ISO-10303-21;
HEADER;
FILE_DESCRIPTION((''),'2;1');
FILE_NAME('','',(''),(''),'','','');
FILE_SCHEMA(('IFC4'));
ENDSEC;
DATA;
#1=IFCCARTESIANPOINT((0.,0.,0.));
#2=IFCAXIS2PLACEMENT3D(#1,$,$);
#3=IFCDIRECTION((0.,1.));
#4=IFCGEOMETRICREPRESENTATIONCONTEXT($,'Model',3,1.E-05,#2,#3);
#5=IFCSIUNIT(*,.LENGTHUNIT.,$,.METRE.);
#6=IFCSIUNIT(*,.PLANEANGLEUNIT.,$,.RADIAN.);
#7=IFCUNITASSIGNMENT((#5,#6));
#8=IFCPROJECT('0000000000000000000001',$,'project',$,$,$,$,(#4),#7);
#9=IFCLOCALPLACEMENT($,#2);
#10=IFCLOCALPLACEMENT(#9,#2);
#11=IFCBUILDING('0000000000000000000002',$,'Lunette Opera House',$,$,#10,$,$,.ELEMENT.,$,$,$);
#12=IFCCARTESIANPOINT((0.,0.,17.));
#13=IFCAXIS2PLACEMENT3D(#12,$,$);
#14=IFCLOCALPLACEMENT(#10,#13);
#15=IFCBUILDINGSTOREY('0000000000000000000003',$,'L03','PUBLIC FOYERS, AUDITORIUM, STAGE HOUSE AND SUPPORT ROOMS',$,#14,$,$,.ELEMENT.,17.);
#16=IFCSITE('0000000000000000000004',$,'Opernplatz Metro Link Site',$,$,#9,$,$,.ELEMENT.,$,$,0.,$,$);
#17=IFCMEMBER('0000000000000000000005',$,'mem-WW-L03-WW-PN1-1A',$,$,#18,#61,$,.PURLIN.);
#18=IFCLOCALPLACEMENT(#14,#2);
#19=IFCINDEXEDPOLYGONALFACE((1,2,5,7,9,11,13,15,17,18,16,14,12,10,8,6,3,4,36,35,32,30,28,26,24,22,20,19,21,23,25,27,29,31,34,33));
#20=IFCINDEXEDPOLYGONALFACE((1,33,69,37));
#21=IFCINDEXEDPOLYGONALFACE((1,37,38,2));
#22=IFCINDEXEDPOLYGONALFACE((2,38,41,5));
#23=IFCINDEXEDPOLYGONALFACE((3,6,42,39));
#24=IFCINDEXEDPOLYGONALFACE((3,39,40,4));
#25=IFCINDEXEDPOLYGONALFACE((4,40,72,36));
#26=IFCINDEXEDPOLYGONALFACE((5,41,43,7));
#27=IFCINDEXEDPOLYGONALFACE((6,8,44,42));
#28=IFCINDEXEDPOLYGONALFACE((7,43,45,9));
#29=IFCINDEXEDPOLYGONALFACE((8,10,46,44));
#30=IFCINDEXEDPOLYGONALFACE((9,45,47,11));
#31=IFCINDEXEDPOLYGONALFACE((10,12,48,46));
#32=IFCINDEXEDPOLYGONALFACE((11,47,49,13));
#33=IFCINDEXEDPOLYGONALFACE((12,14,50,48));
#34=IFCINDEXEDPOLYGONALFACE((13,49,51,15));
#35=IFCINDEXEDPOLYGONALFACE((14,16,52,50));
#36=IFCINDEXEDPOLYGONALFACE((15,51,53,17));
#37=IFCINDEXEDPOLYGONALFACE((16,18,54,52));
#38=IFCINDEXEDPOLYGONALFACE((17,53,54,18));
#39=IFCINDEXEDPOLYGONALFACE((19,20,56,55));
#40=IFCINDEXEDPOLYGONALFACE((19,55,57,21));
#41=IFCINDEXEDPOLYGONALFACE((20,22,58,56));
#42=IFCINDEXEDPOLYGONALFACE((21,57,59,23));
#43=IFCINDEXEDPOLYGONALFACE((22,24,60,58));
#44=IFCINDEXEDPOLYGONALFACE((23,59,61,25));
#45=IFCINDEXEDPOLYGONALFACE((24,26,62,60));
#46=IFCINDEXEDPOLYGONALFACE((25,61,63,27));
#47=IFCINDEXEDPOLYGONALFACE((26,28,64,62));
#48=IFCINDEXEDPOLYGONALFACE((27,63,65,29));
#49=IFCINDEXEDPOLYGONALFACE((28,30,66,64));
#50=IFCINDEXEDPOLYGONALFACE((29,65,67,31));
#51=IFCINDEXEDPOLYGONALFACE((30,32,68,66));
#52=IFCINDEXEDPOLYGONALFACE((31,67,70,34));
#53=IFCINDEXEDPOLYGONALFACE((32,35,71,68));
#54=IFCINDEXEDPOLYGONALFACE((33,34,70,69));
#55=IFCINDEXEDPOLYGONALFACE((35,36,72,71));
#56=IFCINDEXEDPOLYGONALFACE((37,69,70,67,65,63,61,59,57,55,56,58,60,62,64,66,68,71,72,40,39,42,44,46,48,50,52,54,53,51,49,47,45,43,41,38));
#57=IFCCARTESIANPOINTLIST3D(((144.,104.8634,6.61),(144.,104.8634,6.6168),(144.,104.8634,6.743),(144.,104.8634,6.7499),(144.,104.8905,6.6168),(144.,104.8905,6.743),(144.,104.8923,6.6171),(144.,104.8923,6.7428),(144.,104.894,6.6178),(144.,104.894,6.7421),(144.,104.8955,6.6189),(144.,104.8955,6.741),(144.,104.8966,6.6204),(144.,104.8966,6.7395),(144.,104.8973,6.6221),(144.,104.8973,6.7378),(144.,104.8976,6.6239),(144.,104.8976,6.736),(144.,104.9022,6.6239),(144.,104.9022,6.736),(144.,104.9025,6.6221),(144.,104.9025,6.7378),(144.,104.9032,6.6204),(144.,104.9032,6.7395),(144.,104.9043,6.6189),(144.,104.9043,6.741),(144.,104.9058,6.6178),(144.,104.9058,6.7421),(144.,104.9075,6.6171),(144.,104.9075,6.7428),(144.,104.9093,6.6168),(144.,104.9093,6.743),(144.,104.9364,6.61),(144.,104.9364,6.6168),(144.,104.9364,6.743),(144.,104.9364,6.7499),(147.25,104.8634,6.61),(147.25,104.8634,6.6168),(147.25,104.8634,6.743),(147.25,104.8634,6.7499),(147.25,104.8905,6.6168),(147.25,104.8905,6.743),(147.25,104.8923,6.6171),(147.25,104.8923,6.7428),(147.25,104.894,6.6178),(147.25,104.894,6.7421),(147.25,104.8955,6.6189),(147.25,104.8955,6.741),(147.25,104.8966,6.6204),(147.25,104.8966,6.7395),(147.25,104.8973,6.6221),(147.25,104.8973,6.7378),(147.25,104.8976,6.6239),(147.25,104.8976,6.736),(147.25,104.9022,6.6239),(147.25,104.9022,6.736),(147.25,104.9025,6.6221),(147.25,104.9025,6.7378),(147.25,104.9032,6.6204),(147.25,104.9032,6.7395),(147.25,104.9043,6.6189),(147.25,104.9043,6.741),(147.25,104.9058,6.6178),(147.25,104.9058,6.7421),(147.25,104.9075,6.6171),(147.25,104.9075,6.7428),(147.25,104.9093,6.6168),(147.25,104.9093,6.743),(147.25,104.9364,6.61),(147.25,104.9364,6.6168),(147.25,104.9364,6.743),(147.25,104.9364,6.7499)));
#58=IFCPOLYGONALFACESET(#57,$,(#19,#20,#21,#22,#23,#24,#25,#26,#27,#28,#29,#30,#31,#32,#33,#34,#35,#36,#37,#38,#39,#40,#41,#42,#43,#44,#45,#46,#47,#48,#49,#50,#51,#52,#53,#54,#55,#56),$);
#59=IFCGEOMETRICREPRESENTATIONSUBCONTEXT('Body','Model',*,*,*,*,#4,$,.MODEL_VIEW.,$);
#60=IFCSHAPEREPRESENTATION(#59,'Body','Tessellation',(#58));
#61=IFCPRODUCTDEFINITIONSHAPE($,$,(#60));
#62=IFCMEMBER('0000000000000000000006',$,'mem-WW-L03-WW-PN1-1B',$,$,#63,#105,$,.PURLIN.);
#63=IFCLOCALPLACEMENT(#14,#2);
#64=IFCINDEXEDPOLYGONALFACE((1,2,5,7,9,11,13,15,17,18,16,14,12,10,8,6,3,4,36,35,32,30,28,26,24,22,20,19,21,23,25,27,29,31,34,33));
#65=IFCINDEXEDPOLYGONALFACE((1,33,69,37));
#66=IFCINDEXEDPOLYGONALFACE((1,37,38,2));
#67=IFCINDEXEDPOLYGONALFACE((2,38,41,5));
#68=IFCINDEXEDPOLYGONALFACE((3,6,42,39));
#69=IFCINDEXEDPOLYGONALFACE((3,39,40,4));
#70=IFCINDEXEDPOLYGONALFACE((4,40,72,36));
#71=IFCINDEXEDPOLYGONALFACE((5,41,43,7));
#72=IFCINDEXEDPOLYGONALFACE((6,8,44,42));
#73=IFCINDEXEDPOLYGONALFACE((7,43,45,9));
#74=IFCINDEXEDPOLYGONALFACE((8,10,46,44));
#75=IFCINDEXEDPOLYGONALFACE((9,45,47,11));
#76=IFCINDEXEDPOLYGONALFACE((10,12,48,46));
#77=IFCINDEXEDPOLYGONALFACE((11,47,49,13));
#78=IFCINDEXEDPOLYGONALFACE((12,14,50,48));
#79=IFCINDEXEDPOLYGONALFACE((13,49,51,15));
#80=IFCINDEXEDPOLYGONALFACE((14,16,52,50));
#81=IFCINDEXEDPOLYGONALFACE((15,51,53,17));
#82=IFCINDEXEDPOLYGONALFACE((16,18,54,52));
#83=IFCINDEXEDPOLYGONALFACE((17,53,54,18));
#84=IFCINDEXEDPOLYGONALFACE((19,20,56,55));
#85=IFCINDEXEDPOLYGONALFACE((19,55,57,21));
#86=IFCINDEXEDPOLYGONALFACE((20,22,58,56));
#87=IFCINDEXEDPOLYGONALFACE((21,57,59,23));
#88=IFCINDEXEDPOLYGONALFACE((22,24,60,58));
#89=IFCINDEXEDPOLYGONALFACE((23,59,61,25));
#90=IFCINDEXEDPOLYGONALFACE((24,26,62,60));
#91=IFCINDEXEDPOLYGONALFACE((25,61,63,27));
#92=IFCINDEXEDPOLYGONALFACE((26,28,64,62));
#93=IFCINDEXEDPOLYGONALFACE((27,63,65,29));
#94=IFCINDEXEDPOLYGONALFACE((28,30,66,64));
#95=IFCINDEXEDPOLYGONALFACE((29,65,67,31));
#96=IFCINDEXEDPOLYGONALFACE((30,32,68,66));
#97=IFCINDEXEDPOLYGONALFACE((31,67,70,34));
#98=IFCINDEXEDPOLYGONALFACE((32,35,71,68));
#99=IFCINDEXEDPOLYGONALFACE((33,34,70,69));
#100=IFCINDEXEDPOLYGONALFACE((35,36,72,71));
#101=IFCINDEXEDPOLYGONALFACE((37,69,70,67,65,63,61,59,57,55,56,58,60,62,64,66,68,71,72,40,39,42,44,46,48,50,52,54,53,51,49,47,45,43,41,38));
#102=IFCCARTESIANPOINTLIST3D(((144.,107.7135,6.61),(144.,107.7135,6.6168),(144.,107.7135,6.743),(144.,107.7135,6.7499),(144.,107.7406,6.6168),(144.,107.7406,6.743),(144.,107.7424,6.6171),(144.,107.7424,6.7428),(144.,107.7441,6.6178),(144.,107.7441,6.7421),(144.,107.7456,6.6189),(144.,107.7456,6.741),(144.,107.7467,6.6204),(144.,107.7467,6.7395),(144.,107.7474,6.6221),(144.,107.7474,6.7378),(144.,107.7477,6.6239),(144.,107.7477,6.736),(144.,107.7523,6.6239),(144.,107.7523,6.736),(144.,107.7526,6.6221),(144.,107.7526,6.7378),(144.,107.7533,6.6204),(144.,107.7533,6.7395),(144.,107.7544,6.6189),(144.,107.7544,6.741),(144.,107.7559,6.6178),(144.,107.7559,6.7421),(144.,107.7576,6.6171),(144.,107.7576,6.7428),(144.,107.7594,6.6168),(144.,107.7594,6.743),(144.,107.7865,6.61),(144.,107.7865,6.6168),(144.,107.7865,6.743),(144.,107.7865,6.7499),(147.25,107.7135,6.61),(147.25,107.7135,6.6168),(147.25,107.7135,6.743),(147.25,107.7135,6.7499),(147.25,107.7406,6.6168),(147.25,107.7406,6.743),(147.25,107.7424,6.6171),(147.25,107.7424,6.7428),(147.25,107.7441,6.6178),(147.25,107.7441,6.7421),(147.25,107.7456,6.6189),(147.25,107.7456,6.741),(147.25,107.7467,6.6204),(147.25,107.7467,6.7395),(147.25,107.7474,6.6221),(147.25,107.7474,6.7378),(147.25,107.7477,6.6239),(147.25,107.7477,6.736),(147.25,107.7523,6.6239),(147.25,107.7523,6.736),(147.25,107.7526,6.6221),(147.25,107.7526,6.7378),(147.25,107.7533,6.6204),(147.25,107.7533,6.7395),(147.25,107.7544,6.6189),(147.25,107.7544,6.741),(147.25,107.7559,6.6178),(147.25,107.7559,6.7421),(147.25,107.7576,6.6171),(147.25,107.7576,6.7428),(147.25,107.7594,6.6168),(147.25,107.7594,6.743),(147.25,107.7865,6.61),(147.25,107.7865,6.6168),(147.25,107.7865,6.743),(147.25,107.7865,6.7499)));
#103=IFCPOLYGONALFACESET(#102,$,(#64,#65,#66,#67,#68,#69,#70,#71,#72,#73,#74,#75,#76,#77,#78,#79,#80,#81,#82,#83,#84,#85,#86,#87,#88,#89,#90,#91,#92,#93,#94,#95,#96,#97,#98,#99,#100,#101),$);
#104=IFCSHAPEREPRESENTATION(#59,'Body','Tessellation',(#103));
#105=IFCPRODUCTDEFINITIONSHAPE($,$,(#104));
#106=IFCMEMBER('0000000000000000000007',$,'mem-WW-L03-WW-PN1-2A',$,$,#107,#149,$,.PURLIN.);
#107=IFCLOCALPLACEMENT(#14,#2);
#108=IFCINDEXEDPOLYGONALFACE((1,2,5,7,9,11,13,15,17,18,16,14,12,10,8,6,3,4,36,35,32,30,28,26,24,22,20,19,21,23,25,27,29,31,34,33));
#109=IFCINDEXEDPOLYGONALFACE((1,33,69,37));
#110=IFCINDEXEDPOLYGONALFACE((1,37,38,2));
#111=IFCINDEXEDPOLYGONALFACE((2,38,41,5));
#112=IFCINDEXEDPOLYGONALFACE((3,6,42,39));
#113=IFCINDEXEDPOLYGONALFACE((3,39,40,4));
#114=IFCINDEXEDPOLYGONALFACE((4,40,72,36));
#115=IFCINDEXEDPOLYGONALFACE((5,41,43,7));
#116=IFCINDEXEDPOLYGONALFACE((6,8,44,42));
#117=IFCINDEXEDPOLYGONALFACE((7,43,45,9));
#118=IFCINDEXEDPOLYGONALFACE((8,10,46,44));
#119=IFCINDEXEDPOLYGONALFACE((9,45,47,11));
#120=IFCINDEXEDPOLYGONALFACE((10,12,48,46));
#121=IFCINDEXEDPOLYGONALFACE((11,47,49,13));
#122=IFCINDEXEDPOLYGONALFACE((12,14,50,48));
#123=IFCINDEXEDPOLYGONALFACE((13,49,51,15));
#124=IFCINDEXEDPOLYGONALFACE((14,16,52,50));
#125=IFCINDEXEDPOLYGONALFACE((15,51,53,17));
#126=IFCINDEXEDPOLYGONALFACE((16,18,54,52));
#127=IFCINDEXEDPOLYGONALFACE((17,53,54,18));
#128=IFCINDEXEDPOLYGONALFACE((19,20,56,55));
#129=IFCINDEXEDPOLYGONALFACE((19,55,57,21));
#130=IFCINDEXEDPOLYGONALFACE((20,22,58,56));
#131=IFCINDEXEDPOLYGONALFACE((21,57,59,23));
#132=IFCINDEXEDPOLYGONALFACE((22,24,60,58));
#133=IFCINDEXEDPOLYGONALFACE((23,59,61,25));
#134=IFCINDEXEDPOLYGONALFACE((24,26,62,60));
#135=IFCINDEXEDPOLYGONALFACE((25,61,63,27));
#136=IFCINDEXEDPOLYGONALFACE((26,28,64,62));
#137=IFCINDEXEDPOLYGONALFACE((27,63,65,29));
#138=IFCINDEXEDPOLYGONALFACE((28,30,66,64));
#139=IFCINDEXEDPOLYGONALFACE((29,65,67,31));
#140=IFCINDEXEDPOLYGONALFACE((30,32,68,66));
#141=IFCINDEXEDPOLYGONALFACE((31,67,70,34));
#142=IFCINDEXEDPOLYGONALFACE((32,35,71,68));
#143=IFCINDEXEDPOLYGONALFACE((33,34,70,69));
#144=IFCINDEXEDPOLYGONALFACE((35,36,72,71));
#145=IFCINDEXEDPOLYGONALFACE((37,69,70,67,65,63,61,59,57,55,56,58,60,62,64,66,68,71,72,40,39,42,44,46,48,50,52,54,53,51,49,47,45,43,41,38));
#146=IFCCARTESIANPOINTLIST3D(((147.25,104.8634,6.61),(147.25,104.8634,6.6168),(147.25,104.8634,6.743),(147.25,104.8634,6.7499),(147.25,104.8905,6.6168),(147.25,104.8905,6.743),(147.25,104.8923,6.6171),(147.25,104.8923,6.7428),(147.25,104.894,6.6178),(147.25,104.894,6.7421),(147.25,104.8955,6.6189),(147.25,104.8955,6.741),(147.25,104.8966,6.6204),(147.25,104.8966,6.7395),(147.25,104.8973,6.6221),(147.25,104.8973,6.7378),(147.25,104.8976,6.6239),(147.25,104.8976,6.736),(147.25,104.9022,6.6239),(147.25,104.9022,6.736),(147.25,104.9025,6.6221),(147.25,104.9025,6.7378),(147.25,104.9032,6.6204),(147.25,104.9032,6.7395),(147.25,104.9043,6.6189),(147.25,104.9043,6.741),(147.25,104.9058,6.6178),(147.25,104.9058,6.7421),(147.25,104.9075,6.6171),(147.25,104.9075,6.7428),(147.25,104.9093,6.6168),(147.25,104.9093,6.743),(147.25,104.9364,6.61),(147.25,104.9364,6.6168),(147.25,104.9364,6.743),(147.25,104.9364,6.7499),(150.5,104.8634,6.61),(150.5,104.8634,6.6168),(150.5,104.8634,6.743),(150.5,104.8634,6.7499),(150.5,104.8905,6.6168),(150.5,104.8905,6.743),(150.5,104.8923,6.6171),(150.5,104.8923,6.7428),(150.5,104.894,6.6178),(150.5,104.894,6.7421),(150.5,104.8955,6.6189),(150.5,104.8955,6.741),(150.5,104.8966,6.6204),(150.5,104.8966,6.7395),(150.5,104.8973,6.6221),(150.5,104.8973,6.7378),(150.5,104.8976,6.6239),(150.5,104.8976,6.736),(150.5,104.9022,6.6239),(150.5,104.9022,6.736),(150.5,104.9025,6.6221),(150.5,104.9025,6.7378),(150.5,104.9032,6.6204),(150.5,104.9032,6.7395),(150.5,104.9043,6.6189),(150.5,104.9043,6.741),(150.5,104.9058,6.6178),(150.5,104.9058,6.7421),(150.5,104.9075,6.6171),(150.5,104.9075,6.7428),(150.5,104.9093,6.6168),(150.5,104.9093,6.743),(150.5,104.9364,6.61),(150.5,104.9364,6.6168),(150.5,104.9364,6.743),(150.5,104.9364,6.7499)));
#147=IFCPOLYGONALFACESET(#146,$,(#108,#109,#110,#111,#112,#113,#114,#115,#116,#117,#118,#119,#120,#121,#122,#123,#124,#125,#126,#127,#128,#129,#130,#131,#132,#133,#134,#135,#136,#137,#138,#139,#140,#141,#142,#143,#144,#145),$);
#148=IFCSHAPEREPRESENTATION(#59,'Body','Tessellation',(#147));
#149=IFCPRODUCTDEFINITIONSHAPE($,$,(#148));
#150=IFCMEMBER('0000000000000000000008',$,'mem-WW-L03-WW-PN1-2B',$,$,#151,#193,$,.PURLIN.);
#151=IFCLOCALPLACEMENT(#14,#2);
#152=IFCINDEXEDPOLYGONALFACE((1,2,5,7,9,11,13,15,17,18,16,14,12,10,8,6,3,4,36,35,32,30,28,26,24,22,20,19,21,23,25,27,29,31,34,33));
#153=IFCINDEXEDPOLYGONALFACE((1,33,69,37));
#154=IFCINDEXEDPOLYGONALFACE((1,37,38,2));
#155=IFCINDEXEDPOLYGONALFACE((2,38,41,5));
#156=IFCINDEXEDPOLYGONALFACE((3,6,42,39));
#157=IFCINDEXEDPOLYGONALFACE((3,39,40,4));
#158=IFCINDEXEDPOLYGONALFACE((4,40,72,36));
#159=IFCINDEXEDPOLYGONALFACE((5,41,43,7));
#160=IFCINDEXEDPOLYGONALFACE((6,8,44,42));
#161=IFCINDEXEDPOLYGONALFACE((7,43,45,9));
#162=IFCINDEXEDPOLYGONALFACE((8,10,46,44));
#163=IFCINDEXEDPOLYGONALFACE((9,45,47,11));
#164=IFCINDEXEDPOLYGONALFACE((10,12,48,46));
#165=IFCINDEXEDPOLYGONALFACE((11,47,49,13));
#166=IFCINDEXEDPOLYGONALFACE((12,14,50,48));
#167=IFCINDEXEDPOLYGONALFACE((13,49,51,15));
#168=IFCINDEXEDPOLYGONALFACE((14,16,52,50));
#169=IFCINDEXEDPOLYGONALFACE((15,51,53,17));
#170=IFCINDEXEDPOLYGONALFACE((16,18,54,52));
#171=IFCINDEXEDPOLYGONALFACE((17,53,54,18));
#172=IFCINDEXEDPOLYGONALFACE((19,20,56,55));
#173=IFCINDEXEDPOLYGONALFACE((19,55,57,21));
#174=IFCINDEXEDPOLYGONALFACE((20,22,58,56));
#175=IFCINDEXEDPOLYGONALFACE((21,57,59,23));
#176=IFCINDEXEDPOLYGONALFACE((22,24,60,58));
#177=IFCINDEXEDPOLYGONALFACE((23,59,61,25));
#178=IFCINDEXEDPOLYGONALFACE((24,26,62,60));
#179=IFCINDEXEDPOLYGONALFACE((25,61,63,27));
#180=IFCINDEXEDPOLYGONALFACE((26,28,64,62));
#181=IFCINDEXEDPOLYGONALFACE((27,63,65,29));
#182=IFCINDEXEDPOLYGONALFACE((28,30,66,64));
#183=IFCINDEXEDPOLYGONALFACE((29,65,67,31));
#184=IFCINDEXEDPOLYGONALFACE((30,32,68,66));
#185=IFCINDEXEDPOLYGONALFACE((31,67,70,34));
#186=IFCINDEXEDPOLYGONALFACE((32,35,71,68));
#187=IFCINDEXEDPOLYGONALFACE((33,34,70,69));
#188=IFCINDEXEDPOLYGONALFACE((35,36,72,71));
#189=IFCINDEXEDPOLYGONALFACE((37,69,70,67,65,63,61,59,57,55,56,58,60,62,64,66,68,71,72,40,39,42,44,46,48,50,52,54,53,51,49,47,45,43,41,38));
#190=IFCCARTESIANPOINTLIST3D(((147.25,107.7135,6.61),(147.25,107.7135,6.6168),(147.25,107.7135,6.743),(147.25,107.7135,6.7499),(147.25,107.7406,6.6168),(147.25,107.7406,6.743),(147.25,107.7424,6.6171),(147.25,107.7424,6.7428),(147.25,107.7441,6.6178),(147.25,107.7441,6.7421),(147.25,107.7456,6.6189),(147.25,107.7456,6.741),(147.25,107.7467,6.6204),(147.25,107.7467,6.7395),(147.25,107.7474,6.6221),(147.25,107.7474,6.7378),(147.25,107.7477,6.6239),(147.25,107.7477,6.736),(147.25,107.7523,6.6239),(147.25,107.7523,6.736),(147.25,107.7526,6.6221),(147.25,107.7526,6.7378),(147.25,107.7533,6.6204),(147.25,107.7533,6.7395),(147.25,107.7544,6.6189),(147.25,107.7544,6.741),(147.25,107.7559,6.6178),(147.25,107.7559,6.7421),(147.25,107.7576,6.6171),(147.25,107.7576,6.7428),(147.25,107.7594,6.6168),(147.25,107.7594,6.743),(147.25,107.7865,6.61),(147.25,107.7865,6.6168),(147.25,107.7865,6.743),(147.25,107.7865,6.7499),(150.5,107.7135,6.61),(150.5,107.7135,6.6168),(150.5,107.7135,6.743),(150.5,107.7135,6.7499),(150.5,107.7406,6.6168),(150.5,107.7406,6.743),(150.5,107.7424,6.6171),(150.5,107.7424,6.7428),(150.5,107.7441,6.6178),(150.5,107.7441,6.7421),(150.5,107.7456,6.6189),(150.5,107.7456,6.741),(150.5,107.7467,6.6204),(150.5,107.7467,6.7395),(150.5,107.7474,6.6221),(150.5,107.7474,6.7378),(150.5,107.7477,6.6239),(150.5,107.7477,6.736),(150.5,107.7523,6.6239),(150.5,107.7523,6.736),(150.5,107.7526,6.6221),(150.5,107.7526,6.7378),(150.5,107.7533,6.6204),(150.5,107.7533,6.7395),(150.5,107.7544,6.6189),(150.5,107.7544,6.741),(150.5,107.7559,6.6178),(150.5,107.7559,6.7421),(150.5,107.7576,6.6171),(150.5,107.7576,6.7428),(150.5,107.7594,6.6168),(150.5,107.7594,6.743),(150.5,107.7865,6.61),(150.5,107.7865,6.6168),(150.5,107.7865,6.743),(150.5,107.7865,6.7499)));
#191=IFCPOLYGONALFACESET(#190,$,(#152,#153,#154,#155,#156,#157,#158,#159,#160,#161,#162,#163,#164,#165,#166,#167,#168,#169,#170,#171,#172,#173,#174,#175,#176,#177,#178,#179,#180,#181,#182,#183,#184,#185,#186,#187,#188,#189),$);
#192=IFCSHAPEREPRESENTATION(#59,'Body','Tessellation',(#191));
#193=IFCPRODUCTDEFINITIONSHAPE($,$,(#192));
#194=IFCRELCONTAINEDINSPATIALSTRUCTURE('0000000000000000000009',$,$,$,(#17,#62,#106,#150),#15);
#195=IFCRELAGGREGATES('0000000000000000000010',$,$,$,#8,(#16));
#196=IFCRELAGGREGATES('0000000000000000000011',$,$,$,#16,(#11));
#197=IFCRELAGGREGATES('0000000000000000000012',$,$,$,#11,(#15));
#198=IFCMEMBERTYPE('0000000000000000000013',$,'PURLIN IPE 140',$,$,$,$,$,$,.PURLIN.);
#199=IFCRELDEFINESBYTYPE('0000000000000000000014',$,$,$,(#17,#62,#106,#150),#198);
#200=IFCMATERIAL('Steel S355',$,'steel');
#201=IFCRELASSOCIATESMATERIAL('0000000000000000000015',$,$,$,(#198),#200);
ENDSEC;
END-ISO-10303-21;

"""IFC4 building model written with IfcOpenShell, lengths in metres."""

from ifc_helpers import new_model, si_unit, direction, frame, origin, origin_2d, place, context, subcontext, project, spatial, i_section, extrude, material, material_profile, profile_set, type_object, element, save


model = new_model("IFC4")

# Units and contexts
model_context = context("Model", 3, precision=1e-05, world=origin(), true_north=direction((0.0, 1.0)))
body_context = subcontext(model_context, "Body", "Model", "MODEL_VIEW")
ifc_project = project(units=[si_unit("LENGTHUNIT", "METRE"), si_unit("PLANEANGLEUNIT", "RADIAN")], contexts=[model_context])

# Site, building, storey
site_placement = place(None, origin())
site = spatial("IfcSite", under=ifc_project, at=site_placement, Name="Opernplatz Metro Link Site", CompositionType="ELEMENT", RefElevation=0.0)
building_placement = place(site_placement, origin())
building = spatial("IfcBuilding", under=site, at=building_placement, Name="Lunette Opera House", CompositionType="ELEMENT")
storey_placement = place(building_placement, frame((0.0, 0.0, 17.0)))
storey = spatial("IfcBuildingStorey", under=building, at=storey_placement, Name="L03", Description="PUBLIC FOYERS, AUDITORIUM, STAGE HOUSE AND SUPPORT ROOMS", CompositionType="ELEMENT", Elevation=17.0)

# Members
ifc_material_1 = material(Name="Steel S355", Category="steel")
ifc_material_profile_1 = material_profile(ifc_material_1, i_section(OverallWidth=0.073, OverallDepth=0.1399, WebThickness=0.0046, FlangeThickness=0.0068, FilletRadius=0.0071, at=origin_2d()), Name="IPE 140")
ifc_profile_set_1 = profile_set([ifc_material_profile_1], Name="Steel S355")
member_type_1 = type_object("IfcMemberType", Name="PURLIN IPE 140", PredefinedType="PURLIN", material=ifc_profile_set_1)
for number, where, z_axis, x_axis, name in (
    (1, (144.0, 104.8999, 6.6799), (1.0, 0.0, 0.0), (0.0, 1.0, 0.0), "mem-WW-L03-WW-PN1-1A"),
    (2, (144.0, 107.75, 6.6799), (1.0, 0.0, 0.0), (0.0, 1.0, 0.0), "mem-WW-L03-WW-PN1-1B"),
    (3, (147.25, 104.8999, 6.6799), (1.0, 0.0, 0.0), (0.0, 1.0, 0.0), "mem-WW-L03-WW-PN1-2A"),
    (4, (147.25, 107.75, 6.6799), (1.0, 0.0, 0.0), (0.0, 1.0, 0.0), "mem-WW-L03-WW-PN1-2B"),
):
    element("IfcMember", number, at=place(storey_placement, frame(where, z_axis=z_axis, x_axis=x_axis)), inside=storey, type_object=member_type_1, Name=name, PredefinedType="PURLIN", context=body_context, shape_type="SweptSolid", body=[
        extrude(i_section(OverallWidth=0.073, OverallDepth=0.1399, WebThickness=0.0046, FlangeThickness=0.0068, FilletRadius=0.0071, at=origin_2d()), origin(), (0.0, 0.0, 1.0), 3.25),
    ])

save(model, "model.ifc")
